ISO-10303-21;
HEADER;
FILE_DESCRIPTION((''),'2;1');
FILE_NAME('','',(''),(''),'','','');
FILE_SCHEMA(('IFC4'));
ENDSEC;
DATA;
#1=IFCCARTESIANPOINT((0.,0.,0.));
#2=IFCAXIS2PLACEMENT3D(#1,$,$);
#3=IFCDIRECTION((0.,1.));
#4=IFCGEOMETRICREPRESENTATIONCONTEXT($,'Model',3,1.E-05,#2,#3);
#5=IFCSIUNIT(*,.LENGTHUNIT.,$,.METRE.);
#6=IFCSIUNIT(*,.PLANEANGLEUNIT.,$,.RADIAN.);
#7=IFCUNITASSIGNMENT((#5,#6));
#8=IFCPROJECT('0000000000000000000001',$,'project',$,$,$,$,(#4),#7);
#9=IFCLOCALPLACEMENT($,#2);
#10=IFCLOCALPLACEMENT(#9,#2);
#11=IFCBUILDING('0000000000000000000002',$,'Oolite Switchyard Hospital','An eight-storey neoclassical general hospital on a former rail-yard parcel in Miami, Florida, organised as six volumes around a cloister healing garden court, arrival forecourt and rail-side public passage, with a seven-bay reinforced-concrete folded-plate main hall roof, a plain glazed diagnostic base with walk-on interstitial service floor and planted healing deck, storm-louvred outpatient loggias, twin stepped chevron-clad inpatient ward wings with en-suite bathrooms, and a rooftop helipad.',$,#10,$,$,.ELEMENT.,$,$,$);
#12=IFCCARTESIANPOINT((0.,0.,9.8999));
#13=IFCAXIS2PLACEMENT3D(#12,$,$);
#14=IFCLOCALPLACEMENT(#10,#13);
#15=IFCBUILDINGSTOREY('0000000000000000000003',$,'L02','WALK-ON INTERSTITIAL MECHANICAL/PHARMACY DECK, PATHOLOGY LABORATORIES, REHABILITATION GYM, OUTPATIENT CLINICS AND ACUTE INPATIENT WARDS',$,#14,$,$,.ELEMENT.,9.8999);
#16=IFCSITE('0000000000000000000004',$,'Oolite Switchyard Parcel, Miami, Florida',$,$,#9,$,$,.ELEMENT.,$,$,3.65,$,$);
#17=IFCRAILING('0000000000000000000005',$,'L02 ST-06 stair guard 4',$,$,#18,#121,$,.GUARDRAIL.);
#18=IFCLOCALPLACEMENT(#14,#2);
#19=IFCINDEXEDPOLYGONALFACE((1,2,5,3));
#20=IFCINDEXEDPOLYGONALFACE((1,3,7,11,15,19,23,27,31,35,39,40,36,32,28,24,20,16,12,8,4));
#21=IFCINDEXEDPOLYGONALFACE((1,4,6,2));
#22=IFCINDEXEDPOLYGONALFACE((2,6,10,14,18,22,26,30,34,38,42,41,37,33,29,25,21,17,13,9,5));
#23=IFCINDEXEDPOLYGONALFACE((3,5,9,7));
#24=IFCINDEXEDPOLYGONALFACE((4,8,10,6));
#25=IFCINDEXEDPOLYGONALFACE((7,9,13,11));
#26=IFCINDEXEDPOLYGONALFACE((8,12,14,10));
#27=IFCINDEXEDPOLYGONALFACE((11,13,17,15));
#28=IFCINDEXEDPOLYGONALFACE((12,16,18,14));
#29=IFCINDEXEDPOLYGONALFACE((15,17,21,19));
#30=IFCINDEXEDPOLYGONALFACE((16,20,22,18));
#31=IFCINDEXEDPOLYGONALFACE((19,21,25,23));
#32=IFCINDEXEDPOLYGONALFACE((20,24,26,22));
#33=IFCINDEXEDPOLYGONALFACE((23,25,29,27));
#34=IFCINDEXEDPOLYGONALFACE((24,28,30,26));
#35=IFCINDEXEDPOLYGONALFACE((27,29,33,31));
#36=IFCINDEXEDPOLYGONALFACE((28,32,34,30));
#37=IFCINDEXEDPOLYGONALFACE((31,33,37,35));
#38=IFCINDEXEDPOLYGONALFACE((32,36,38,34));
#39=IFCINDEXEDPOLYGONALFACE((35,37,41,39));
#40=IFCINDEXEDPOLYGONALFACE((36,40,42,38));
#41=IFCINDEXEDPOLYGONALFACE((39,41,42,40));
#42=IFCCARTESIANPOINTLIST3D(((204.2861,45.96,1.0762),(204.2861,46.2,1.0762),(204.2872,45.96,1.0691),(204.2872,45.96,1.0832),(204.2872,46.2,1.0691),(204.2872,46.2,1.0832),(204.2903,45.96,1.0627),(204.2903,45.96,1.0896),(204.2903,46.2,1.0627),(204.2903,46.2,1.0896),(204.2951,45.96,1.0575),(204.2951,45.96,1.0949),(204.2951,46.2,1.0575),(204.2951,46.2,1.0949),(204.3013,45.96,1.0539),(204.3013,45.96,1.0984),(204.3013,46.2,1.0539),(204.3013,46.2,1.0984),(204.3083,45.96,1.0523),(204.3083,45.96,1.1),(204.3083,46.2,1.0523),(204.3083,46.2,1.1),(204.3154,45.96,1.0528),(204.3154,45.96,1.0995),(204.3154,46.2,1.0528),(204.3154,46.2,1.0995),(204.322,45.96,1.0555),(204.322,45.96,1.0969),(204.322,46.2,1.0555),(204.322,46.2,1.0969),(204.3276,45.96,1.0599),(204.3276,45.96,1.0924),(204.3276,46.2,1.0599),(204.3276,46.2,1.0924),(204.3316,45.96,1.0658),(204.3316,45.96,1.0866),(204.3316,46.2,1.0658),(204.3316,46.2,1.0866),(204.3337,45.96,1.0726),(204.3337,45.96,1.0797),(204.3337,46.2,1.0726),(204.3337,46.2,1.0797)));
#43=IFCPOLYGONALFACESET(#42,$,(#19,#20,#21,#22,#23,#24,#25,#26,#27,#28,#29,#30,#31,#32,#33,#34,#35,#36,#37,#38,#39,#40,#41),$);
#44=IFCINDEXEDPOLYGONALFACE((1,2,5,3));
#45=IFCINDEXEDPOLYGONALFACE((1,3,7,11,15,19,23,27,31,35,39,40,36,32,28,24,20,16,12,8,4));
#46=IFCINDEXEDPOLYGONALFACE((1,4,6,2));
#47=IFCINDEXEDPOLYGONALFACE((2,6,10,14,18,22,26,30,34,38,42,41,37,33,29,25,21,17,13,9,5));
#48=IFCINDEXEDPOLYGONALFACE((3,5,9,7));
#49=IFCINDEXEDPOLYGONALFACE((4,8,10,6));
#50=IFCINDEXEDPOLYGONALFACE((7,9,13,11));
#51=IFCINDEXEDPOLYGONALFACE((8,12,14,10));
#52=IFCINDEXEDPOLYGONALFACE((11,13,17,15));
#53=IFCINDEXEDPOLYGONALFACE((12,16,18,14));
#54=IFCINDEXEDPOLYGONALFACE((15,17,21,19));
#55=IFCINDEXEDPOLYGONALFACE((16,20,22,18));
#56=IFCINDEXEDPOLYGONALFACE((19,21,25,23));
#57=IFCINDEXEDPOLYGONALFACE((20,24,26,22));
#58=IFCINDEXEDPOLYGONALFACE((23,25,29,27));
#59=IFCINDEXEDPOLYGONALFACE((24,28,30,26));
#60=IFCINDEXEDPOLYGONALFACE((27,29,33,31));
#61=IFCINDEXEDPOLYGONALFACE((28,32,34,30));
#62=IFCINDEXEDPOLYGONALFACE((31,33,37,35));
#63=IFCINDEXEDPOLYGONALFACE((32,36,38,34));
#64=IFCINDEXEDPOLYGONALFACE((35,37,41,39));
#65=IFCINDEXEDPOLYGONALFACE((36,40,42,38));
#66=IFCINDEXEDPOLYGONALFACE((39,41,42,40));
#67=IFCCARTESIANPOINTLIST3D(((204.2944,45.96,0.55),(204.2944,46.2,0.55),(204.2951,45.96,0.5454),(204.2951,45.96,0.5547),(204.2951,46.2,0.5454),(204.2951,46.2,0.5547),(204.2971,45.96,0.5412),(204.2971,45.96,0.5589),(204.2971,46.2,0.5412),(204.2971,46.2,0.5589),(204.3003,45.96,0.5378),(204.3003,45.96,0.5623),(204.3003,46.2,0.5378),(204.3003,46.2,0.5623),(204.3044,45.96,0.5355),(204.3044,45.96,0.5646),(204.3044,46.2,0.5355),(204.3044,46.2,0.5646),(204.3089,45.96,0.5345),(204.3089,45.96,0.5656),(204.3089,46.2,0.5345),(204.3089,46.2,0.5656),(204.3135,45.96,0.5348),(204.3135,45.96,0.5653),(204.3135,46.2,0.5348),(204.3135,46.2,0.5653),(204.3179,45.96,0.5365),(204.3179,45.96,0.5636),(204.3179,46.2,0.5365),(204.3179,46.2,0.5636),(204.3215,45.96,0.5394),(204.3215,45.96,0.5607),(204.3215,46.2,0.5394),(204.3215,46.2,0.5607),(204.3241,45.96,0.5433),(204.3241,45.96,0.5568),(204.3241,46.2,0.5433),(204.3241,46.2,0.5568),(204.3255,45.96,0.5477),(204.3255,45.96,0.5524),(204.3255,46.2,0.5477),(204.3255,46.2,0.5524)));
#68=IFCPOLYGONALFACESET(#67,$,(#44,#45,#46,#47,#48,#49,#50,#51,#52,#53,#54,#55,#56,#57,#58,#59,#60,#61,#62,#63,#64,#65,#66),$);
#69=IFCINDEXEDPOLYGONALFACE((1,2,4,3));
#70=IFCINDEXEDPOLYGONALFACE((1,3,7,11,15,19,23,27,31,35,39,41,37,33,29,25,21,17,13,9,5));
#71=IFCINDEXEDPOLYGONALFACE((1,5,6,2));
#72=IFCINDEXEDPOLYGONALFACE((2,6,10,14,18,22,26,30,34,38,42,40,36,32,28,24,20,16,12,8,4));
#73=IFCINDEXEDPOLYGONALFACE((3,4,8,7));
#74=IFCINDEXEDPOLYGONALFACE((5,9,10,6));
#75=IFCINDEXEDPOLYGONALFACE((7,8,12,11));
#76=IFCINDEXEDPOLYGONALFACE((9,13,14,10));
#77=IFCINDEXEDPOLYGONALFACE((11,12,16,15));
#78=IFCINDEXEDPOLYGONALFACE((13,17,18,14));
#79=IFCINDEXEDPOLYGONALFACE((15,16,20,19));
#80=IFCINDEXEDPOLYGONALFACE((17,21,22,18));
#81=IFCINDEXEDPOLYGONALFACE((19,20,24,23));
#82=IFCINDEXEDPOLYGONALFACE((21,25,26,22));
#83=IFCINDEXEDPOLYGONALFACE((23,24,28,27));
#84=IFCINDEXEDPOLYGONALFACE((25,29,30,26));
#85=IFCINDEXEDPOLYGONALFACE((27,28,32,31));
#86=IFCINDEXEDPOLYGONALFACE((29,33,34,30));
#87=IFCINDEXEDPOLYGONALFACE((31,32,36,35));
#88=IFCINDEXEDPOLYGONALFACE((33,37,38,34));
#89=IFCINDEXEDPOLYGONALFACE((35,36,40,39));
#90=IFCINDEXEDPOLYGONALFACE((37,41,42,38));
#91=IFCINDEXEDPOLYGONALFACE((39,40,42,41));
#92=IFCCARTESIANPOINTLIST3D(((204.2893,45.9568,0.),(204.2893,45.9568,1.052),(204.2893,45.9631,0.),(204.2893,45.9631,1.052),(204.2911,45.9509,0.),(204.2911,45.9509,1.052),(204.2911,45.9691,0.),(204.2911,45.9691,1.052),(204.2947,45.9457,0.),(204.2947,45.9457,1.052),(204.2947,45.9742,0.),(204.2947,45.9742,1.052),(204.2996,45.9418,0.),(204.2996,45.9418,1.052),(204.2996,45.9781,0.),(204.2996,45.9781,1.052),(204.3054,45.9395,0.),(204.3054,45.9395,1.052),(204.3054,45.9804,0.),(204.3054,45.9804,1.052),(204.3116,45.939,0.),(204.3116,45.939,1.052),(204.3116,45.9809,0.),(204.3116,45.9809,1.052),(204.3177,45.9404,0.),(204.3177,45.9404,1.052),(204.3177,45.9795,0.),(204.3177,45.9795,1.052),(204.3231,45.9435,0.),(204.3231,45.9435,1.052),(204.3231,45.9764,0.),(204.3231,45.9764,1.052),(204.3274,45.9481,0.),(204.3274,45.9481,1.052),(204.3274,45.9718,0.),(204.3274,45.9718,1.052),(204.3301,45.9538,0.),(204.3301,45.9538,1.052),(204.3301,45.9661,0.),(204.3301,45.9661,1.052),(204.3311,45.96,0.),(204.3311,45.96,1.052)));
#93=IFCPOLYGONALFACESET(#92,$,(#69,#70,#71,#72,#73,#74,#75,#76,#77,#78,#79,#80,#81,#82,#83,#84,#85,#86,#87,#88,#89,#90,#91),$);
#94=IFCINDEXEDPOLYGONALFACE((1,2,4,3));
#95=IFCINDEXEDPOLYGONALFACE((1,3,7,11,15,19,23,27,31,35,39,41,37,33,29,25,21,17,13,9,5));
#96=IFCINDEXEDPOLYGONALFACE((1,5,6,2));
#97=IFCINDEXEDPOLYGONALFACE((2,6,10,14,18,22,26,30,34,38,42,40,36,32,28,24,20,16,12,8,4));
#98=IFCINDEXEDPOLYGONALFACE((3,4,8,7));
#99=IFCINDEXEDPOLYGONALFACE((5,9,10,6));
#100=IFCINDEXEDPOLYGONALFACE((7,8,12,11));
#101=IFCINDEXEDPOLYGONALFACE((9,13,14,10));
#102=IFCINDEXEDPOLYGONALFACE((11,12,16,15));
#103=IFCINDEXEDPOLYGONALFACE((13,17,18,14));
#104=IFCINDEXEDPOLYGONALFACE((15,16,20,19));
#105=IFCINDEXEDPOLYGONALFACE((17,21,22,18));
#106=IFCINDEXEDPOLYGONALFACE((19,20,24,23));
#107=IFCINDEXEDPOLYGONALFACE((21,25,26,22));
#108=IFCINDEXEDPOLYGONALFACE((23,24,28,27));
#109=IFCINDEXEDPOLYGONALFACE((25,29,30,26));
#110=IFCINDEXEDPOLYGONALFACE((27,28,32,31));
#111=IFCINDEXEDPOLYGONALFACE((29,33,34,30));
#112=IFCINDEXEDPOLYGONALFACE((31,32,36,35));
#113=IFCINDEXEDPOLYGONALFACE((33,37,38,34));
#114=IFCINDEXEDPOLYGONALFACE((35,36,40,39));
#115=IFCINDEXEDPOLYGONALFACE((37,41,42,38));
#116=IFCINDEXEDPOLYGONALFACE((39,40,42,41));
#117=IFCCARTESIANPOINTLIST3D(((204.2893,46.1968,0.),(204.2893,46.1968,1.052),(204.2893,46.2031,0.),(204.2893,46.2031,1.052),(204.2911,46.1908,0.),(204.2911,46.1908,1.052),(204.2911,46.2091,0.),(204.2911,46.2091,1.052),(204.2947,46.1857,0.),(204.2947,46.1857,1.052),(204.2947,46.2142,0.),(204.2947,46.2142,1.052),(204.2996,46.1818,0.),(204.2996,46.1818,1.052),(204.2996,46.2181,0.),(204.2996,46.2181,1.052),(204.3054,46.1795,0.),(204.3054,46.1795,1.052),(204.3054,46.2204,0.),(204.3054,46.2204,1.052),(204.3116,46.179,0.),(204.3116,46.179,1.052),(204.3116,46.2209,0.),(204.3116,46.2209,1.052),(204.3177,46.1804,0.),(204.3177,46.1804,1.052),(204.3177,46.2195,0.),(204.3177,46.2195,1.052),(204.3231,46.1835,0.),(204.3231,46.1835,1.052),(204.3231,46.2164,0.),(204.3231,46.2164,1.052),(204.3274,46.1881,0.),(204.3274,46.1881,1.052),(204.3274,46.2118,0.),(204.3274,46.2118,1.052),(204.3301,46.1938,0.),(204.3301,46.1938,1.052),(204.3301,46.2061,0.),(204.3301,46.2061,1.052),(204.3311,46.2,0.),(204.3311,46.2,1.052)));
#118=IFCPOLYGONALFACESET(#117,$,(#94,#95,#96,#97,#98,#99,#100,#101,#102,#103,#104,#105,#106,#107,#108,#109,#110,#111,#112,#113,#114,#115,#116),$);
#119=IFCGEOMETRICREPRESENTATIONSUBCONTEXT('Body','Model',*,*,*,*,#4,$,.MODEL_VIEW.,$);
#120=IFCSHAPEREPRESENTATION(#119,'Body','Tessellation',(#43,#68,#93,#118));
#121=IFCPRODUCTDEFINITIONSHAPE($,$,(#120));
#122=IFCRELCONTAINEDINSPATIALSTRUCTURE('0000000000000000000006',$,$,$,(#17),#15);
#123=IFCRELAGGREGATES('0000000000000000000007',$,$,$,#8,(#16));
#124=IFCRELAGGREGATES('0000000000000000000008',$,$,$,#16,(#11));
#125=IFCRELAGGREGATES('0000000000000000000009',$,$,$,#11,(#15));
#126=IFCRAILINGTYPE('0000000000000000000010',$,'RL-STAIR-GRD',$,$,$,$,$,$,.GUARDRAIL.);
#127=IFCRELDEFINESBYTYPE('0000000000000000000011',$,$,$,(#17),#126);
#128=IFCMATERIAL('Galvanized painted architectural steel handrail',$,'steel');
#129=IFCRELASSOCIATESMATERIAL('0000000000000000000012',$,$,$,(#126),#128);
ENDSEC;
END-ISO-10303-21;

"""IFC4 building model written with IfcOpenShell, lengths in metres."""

from ifc_helpers import new_model, si_unit, direction, frame, origin, origin_2d, place, context, subcontext, project, spatial, circle, extrude, material, type_object, element, save


model = new_model("IFC4")

# Units and contexts
model_context = context("Model", 3, precision=1e-05, world=origin(), true_north=direction((0.0, 1.0)))
body_context = subcontext(model_context, "Body", "Model", "MODEL_VIEW")
ifc_project = project(units=[si_unit("LENGTHUNIT", "METRE"), si_unit("PLANEANGLEUNIT", "RADIAN")], contexts=[model_context])

# Site, building, storey
site_placement = place(None, origin())
site = spatial("IfcSite", under=ifc_project, at=site_placement, Name="Oolite Switchyard Parcel, Miami, Florida", CompositionType="ELEMENT", RefElevation=3.65)
building_placement = place(site_placement, origin())
building = spatial("IfcBuilding", under=site, at=building_placement, Name="Oolite Switchyard Hospital", Description="An eight-storey neoclassical general hospital on a former rail-yard parcel in Miami, Florida, organised as six volumes around a cloister healing garden court, arrival forecourt and rail-side public passage, with a seven-bay reinforced-concrete folded-plate main hall roof, a plain glazed diagnostic base with walk-on interstitial service floor and planted healing deck, storm-louvred outpatient loggias, twin stepped chevron-clad inpatient ward wings with en-suite bathrooms, and a rooftop helipad.", CompositionType="ELEMENT")
storey_placement = place(building_placement, frame((0.0, 0.0, 9.8999)))
storey = spatial("IfcBuildingStorey", under=building, at=storey_placement, Name="L02", Description="WALK-ON INTERSTITIAL MECHANICAL/PHARMACY DECK, PATHOLOGY LABORATORIES, REHABILITATION GYM, OUTPATIENT CLINICS AND ACUTE INPATIENT WARDS", CompositionType="ELEMENT", Elevation=9.8999)

# Railing
ifc_material_1 = material(Name="Galvanized painted architectural steel handrail", Category="steel")
railing_type_1 = type_object("IfcRailingType", Name="RL-STAIR-GRD", PredefinedType="GUARDRAIL", material=ifc_material_1)
railing_1_placement = place(storey_placement, frame((204.3101, 45.96, 0.0)))
element("IfcRailing", 1, at=railing_1_placement, inside=storey, type_object=railing_type_1, Name="L02 ST-06 stair guard 4", PredefinedType="GUARDRAIL", context=body_context, shape_type="SweptSolid", body=[
    extrude(circle(Radius=0.0239, at=origin_2d()), frame((0.0, 0.0, 1.0762), z_axis=(0.0, 1.0, 0.0), x_axis=(-1.0, 0.0, 0.0)), (0.0, 0.0, 1.0), 0.24),
    extrude(circle(Radius=0.0156, at=origin_2d()), frame((0.0, 0.0, 0.55), z_axis=(0.0, 1.0, 0.0), x_axis=(-1.0, 0.0, 0.0)), (0.0, 0.0, 1.0), 0.24),
    extrude(circle(Radius=0.021, at=origin_2d()), origin(), (0.0, 0.0, 1.0), 1.052),
    extrude(circle(Radius=0.021, at=origin_2d()), frame((0.0, 0.24, 0.0)), (0.0, 0.0, 1.0), 1.052),
])

save(model, "model.ifc")
